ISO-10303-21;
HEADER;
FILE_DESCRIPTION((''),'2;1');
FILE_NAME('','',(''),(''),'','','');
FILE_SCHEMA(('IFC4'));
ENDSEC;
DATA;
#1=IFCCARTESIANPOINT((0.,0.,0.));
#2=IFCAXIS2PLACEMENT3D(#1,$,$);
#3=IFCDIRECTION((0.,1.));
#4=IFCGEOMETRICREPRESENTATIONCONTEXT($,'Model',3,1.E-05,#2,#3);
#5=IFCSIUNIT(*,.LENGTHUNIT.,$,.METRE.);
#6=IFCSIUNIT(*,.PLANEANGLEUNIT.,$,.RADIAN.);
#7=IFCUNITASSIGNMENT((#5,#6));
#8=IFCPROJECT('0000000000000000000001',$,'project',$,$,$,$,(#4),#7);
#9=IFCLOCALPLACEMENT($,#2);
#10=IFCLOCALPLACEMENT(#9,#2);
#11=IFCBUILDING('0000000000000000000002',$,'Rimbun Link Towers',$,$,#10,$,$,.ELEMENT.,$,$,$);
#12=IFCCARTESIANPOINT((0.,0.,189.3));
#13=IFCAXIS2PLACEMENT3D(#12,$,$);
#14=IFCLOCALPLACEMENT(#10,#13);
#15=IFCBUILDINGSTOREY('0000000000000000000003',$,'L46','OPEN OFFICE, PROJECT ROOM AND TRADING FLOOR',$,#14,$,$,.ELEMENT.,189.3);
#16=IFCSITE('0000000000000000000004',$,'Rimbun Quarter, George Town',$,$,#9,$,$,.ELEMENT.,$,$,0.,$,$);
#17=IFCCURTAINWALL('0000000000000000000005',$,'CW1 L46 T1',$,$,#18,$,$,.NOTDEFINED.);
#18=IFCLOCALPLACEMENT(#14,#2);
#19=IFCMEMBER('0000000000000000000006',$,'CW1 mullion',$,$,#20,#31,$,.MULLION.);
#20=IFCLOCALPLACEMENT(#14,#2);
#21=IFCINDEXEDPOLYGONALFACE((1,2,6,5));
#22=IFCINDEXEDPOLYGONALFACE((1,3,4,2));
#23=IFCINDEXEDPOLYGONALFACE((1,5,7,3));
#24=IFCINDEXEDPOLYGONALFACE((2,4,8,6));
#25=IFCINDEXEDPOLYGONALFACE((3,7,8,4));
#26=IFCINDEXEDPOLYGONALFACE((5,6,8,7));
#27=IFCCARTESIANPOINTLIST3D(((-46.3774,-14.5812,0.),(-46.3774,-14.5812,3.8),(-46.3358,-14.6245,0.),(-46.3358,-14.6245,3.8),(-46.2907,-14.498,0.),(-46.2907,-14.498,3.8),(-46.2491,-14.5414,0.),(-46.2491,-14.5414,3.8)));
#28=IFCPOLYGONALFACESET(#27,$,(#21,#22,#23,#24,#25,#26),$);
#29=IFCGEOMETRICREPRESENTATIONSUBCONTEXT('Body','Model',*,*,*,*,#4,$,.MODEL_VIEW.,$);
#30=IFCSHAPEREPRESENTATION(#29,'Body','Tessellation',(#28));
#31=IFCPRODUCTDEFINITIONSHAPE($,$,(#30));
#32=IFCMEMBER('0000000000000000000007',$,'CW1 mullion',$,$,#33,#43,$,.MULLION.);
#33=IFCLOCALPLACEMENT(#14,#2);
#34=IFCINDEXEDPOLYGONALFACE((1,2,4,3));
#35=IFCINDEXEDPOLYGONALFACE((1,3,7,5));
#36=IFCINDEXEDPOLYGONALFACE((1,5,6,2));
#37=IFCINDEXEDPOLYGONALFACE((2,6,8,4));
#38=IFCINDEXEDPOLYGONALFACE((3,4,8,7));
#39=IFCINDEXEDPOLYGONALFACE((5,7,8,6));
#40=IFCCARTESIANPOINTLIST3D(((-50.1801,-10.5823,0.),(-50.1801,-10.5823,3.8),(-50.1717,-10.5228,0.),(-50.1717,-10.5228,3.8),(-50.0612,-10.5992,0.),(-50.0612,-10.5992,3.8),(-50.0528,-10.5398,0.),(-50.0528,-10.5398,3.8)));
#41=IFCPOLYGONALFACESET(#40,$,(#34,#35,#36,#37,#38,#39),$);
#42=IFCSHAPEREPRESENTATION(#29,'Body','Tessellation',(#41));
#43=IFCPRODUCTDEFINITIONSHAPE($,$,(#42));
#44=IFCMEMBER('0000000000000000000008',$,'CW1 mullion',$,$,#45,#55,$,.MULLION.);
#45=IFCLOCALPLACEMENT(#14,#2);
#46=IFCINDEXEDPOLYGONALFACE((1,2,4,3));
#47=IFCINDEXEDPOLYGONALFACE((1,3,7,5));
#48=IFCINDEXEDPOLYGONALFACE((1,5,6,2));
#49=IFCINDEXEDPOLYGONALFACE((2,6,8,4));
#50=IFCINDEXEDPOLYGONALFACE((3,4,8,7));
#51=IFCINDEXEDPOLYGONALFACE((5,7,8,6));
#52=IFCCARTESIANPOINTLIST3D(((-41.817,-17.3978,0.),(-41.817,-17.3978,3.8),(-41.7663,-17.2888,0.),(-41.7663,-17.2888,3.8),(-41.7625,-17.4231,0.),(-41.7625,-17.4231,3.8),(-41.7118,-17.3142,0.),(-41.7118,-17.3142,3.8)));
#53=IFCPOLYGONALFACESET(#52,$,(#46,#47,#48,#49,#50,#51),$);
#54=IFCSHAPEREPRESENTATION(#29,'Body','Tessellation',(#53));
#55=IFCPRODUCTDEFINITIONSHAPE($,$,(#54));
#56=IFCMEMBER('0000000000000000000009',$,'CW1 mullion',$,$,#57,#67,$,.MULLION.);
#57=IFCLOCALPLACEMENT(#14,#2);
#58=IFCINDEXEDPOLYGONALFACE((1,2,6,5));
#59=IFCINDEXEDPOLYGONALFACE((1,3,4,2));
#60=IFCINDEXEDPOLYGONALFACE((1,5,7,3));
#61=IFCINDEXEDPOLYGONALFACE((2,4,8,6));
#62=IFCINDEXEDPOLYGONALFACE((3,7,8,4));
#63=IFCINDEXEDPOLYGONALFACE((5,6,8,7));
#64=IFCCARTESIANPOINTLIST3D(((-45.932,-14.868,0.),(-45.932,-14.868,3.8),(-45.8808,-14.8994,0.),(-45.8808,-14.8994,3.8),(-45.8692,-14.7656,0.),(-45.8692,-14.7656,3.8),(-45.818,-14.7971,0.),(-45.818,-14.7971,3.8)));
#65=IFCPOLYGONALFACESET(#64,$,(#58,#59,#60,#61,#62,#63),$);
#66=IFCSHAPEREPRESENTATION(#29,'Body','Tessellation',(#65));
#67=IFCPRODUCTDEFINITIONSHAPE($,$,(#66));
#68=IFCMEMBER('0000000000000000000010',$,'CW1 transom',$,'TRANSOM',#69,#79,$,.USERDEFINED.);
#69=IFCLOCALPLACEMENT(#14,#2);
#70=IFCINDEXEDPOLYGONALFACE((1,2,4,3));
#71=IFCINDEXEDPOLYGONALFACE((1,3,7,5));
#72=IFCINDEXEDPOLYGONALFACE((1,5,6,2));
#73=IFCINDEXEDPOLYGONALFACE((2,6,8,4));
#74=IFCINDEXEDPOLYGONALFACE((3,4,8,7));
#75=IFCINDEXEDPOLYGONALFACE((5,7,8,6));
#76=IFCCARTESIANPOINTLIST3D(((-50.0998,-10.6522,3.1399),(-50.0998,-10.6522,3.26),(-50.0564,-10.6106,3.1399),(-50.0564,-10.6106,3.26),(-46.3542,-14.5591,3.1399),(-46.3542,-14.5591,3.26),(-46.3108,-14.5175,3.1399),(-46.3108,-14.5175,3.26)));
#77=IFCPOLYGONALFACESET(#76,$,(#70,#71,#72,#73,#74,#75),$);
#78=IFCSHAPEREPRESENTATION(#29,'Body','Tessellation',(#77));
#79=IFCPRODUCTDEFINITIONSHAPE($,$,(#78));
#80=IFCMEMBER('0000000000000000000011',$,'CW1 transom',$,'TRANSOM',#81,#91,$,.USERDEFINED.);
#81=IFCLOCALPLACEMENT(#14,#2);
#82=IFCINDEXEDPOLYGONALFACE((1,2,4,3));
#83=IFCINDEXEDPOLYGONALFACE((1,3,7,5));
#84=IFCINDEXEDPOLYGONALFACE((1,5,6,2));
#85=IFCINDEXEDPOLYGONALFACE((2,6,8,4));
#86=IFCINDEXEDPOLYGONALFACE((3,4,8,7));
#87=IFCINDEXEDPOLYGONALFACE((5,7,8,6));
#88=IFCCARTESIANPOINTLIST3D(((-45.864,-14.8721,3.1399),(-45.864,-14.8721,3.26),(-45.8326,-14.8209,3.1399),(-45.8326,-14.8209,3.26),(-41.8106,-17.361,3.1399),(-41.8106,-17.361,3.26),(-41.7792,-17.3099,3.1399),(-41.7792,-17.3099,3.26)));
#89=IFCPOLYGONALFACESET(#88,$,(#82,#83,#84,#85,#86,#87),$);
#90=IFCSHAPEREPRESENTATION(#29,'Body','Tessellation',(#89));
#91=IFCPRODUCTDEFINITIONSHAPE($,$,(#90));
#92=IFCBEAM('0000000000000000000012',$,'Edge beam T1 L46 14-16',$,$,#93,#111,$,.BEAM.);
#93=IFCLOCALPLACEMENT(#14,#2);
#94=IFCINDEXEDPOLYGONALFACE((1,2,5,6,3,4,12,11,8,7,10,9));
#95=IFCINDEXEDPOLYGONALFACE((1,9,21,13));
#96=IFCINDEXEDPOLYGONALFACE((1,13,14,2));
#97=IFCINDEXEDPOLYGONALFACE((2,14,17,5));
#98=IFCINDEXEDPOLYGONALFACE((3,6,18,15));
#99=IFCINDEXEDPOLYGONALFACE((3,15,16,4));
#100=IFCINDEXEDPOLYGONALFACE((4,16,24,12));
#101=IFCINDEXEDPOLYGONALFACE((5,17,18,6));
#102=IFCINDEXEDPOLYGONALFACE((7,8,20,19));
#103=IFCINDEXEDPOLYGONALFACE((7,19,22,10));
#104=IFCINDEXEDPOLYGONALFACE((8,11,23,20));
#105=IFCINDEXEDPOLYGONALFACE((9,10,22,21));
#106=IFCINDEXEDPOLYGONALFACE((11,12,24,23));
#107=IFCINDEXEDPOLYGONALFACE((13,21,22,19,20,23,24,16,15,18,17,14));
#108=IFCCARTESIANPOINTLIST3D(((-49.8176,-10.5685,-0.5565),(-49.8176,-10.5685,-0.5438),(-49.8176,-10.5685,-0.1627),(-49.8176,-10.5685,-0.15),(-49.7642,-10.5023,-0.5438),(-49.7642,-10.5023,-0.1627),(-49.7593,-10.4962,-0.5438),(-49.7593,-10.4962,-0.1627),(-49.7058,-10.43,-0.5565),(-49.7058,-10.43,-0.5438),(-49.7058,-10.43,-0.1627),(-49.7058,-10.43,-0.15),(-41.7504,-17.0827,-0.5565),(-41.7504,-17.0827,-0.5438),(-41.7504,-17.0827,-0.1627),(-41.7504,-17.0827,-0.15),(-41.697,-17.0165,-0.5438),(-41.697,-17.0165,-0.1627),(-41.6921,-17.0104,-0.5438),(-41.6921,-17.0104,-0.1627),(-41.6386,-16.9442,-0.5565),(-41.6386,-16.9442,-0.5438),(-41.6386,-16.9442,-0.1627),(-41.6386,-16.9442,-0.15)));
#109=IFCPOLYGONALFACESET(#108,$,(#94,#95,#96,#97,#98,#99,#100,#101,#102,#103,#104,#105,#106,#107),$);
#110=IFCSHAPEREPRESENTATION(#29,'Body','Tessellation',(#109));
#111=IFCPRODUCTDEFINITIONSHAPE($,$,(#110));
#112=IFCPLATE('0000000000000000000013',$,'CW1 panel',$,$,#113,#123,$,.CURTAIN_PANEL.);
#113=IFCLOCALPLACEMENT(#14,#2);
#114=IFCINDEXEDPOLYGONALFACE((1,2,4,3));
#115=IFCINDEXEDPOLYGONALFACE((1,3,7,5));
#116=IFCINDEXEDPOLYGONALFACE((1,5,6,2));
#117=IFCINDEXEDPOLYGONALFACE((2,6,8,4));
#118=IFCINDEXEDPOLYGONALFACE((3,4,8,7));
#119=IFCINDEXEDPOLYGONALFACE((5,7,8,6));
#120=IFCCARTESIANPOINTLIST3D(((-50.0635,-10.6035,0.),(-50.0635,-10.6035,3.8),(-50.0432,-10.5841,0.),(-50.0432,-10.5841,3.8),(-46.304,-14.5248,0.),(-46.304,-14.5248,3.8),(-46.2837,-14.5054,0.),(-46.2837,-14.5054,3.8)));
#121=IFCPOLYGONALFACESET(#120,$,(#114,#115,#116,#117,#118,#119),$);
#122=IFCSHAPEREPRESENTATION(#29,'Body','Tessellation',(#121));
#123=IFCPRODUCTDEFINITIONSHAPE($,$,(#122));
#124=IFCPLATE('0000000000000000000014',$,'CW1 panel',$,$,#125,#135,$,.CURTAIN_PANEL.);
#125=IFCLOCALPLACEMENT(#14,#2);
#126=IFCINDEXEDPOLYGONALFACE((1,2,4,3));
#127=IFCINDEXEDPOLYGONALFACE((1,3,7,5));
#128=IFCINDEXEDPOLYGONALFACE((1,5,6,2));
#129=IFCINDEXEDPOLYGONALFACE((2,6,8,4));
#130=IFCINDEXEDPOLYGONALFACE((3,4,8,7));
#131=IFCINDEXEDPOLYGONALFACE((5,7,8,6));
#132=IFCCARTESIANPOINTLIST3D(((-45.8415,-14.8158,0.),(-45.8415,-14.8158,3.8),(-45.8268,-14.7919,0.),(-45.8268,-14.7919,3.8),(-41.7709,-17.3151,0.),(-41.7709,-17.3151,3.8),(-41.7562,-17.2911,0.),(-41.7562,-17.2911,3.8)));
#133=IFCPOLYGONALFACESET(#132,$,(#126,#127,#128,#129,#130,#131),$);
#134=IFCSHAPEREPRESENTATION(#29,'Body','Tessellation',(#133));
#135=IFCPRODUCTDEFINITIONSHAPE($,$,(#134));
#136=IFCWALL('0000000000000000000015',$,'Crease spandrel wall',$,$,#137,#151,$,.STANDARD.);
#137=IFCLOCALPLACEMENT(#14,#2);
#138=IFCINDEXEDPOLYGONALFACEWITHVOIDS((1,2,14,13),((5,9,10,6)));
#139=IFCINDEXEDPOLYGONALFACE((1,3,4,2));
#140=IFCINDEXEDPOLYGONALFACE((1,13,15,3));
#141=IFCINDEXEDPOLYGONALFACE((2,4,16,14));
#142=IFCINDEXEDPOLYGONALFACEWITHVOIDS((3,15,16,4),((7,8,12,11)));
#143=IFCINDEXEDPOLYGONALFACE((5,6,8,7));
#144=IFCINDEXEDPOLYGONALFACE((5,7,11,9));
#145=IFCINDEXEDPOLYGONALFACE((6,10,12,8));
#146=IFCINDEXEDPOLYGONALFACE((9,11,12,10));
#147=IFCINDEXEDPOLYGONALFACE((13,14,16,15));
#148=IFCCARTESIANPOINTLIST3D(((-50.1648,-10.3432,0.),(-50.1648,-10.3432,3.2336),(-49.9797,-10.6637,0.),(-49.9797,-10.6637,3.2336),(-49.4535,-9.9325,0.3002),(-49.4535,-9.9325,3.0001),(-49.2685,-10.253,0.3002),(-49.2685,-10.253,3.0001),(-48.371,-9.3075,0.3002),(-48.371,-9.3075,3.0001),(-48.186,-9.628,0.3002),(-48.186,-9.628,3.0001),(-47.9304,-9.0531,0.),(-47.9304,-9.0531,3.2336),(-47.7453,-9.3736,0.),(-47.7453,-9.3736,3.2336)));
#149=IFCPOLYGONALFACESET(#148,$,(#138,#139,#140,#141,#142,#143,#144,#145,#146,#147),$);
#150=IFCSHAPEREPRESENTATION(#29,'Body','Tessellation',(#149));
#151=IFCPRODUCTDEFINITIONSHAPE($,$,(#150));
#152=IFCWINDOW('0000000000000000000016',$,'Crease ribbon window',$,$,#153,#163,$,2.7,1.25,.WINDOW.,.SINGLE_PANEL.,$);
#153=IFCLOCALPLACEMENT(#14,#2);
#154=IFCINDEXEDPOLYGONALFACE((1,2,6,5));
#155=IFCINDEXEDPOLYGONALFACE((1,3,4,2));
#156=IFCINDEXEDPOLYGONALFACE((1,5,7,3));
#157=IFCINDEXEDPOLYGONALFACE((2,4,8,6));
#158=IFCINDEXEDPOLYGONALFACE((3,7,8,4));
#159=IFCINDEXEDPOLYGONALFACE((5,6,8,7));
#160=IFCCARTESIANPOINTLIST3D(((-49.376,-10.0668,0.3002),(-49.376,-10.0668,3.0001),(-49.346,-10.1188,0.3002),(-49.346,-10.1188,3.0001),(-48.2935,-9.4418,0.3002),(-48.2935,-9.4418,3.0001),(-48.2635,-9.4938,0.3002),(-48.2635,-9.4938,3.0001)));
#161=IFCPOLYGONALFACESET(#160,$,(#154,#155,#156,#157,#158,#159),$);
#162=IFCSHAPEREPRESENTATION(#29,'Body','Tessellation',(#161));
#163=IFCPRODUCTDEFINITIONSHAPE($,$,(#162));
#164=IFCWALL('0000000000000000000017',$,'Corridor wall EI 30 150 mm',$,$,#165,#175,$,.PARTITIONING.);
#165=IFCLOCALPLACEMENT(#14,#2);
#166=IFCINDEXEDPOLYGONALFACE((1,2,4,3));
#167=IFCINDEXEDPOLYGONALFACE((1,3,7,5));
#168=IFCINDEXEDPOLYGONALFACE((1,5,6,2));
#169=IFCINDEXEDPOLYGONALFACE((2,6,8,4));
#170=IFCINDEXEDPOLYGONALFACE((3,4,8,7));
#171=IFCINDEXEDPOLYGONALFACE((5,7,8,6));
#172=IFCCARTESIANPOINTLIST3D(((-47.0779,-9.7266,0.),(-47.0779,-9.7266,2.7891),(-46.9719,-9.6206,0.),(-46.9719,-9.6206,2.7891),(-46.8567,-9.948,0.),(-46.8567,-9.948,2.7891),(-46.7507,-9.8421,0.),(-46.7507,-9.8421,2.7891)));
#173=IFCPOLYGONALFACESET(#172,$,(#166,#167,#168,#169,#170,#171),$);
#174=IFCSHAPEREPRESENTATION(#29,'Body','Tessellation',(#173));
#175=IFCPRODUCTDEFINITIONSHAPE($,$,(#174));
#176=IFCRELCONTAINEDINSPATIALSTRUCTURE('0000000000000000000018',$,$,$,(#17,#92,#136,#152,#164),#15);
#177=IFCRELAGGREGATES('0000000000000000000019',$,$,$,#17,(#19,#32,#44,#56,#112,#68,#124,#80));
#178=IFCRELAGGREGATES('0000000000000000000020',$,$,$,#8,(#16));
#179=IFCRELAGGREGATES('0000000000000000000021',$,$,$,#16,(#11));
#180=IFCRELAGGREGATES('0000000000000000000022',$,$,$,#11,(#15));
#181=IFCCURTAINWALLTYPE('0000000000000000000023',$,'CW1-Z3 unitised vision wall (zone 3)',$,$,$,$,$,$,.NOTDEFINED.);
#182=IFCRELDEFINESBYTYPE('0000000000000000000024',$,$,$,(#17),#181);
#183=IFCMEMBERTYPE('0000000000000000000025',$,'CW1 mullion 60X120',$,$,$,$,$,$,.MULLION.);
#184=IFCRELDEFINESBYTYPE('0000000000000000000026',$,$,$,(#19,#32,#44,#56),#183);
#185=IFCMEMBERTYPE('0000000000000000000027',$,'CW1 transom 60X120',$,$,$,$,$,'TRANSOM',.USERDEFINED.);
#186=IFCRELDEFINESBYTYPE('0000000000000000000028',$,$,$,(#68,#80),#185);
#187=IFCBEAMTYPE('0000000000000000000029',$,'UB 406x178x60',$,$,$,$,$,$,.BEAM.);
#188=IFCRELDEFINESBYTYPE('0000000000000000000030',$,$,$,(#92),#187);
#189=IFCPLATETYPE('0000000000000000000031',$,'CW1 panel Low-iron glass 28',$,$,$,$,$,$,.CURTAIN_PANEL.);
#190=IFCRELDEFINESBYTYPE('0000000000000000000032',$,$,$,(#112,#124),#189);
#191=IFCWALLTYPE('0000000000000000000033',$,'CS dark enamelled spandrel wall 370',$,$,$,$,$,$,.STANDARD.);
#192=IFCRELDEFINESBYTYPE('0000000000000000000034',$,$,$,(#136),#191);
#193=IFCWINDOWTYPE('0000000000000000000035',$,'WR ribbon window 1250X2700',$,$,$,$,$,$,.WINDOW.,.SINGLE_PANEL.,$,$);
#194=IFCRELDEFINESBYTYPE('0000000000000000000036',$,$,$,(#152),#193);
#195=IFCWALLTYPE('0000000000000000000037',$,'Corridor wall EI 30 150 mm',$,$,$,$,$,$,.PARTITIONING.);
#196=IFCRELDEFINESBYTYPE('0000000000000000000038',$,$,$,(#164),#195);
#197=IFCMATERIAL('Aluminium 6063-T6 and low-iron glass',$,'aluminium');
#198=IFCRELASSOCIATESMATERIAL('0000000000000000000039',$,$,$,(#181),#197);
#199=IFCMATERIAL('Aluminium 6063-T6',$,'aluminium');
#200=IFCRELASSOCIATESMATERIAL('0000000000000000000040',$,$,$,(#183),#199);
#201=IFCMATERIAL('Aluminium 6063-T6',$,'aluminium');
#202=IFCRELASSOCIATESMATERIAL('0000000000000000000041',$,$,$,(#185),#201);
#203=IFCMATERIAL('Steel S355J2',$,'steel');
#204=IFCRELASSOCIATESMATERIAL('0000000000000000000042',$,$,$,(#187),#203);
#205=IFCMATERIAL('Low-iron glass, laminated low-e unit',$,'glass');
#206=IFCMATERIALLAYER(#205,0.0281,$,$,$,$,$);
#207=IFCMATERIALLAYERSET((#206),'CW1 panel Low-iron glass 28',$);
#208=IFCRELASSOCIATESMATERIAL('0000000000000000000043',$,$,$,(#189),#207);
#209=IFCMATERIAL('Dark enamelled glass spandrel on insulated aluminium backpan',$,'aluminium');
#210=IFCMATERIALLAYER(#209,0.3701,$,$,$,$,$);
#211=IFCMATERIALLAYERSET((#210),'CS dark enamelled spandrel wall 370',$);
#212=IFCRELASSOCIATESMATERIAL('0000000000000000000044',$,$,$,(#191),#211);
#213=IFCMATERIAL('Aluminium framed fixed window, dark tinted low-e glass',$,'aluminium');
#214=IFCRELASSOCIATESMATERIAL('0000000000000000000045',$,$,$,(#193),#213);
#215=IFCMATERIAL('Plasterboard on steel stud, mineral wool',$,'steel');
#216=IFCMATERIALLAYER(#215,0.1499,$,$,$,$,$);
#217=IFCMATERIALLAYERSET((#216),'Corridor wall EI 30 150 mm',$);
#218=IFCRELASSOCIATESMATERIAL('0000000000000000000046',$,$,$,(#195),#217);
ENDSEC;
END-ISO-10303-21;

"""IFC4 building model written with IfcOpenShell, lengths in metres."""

from ifc_helpers import new_model, si_unit, direction, frame, frame_2d, origin, origin_2d, place, context, subcontext, project, spatial, rectangle, i_section, extrude, material, layer, layer_set, material_profile, profile_set, type_object, element, fill, aggregate, save


model = new_model("IFC4")

# Units and contexts
model_context = context("Model", 3, precision=1e-05, world=origin(), true_north=direction((0.0, 1.0)))
body_context = subcontext(model_context, "Body", "Model", "MODEL_VIEW")
ifc_project = project(units=[si_unit("LENGTHUNIT", "METRE"), si_unit("PLANEANGLEUNIT", "RADIAN")], contexts=[model_context])

# Site, building, storey
site_placement = place(None, origin())
site = spatial("IfcSite", under=ifc_project, at=site_placement, Name="Rimbun Quarter, George Town", CompositionType="ELEMENT", RefElevation=0.0)
building_placement = place(site_placement, origin())
building = spatial("IfcBuilding", under=site, at=building_placement, Name="Rimbun Link Towers", CompositionType="ELEMENT")
storey_placement = place(building_placement, frame((0.0, 0.0, 189.3)))
storey = spatial("IfcBuildingStorey", under=building, at=storey_placement, Name="L46", Description="OPEN OFFICE, PROJECT ROOM AND TRADING FLOOR", CompositionType="ELEMENT", Elevation=189.3)

# Curtain wall, members
ifc_material_1 = material(Name="Aluminium 6063-T6 and low-iron glass", Category="aluminium")
curtain_wall_type = type_object("IfcCurtainWallType", Name="CW1-Z3 unitised vision wall (zone 3)", PredefinedType="NOTDEFINED", material=ifc_material_1)
curtain_wall_placement = place(storey_placement, origin())
curtain_wall = element("IfcCurtainWall", 1, at=curtain_wall_placement, inside=storey, type_object=curtain_wall_type, Name="CW1 L46 T1", PredefinedType="NOTDEFINED")
ifc_material_2 = material(Name="Aluminium 6063-T6", Category="aluminium")
ifc_material_profile_1 = material_profile(ifc_material_2, rectangle(XDim=0.1201, YDim=0.0601, at=origin_2d()), Name="MULLION 60X120")
ifc_profile_set_1 = profile_set([ifc_material_profile_1], Name="Aluminium 6063-T6")
member_type_1 = type_object("IfcMemberType", Name="CW1 mullion 60X120", PredefinedType="MULLION", material=ifc_profile_set_1)
member_1_placement = place(storey_placement, frame((-46.3132, -14.5613, 0.0), z_axis=(0.0, 0.0, 1.0), x_axis=(-0.721843, -0.692057, 0.0)))
member_1 = element("IfcMember", 2, at=member_1_placement, type_object=member_type_1, Name="CW1 mullion", PredefinedType="MULLION", context=body_context, shape_type="SweptSolid", body=[
    extrude(rectangle(XDim=0.1201, YDim=0.0601, at=origin_2d()), origin(), (0.0, 0.0, 1.0), 3.8),
])
member_2_placement = place(storey_placement, frame((-50.1165, -10.561, 0.0), z_axis=(0.0, 0.0, 1.0), x_axis=(-0.990016, 0.140954, 0.0)))
member_2 = element("IfcMember", 3, at=member_2_placement, type_object=member_type_1, Name="CW1 mullion", PredefinedType="MULLION", context=body_context, shape_type="SweptSolid", body=[
    extrude(rectangle(XDim=0.1201, YDim=0.0601, at=origin_2d()), origin(), (0.0, 0.0, 1.0), 3.8),
])
member_3_placement = place(storey_placement, frame((-41.7644, -17.356, 0.0), z_axis=(0.0, 0.0, 1.0), x_axis=(-0.421701, -0.906735, 0.0)))
member_3 = element("IfcMember", 4, at=member_3_placement, type_object=member_type_1, Name="CW1 mullion", PredefinedType="MULLION", context=body_context, shape_type="SweptSolid", body=[
    extrude(rectangle(XDim=0.1201, YDim=0.0601, at=origin_2d()), origin(), (0.0, 0.0, 1.0), 3.8),
])
member_4_placement = place(storey_placement, frame((-45.875, -14.8325, 0.0), z_axis=(0.0, 0.0, 1.0), x_axis=(-0.523235, -0.852189, 0.0)))
member_4 = element("IfcMember", 5, at=member_4_placement, type_object=member_type_1, Name="CW1 mullion", PredefinedType="MULLION", context=body_context, shape_type="SweptSolid", body=[
    extrude(rectangle(XDim=0.1201, YDim=0.0601, at=origin_2d()), origin(), (0.0, 0.0, 1.0), 3.8),
])
ifc_material_3 = material(Name="Aluminium 6063-T6", Category="aluminium")
ifc_material_profile_2 = material_profile(ifc_material_3, rectangle(XDim=0.0601, YDim=0.1201, at=origin_2d()), Name="TRANSOM 60X120")
ifc_profile_set_2 = profile_set([ifc_material_profile_2], Name="Aluminium 6063-T6")
member_type_2 = type_object("IfcMemberType", Name="CW1 transom 60X120", ElementType="TRANSOM", PredefinedType="USERDEFINED", material=ifc_profile_set_2)
member_5_placement = place(storey_placement, frame((-46.3325, -14.5383, 3.2), z_axis=(-0.692042, 0.721858, 0.0), x_axis=(-0.721858, -0.692042, 0.0)))
member_5 = element("IfcMember", 6, at=member_5_placement, type_object=member_type_2, Name="CW1 transom", ObjectType="TRANSOM", PredefinedType="USERDEFINED", context=body_context, shape_type="SweptSolid", body=[
    extrude(rectangle(XDim=0.0601, YDim=0.1201, at=origin_2d()), origin(), (0.0, 0.0, 1.0), 5.4124),
])
member_6_placement = place(storey_placement, frame((-41.7949, -17.3354, 3.2), z_axis=(-0.852167, 0.52327, 0.0), x_axis=(-0.52327, -0.852167, 0.0)))
member_6 = element("IfcMember", 7, at=member_6_placement, type_object=member_type_2, Name="CW1 transom", ObjectType="TRANSOM", PredefinedType="USERDEFINED", context=body_context, shape_type="SweptSolid", body=[
    extrude(rectangle(XDim=0.0601, YDim=0.1201, at=origin_2d()), origin(), (0.0, 0.0, 1.0), 4.7566),
])

# Beam
ifc_material_4 = material(Name="Steel S355J2", Category="steel")
ifc_material_profile_3 = material_profile(ifc_material_4, i_section(OverallWidth=0.178, OverallDepth=0.4065, WebThickness=0.0078, FlangeThickness=0.0127, at=origin_2d()), Name="UB 406x178x60")
ifc_profile_set_3 = profile_set([ifc_material_profile_3], Name="Steel S355J2")
beam_type = type_object("IfcBeamType", Name="UB 406x178x60", PredefinedType="BEAM", material=ifc_profile_set_3)
beam_placement = place(storey_placement, frame((-49.7617, -10.4993, -0.3533), z_axis=(0.778017, -0.628243, 0.0), x_axis=(0.628243, 0.778017, 0.0)))
element("IfcBeam", 8, at=beam_placement, inside=storey, type_object=beam_type, Name="Edge beam T1 L46 14-16", PredefinedType="BEAM", context=body_context, shape_type="SweptSolid", body=[
    extrude(i_section(OverallWidth=0.178, OverallDepth=0.4065, WebThickness=0.0078, FlangeThickness=0.0127, at=origin_2d()), origin(), (0.0, 0.0, 1.0), 10.3689),
])

# Plates
ifc_material_5 = material(Name="Low-iron glass, laminated low-e unit", Category="glass")
ifc_layer_1 = layer(ifc_material_5, 0.0281)
ifc_layer_set_1 = layer_set([ifc_layer_1], Name="CW1 panel Low-iron glass 28")
plate_type = type_object("IfcPlateType", Name="CW1 panel Low-iron glass 28", PredefinedType="CURTAIN_PANEL", material=ifc_layer_set_1)
plate_1_placement = place(storey_placement, frame((-48.1736, -12.5544, 0.0), z_axis=(0.0, 0.0, 1.0), x_axis=(-0.692057, 0.721843, 0.0)))
plate_1 = element("IfcPlate", 9, at=plate_1_placement, type_object=plate_type, Name="CW1 panel", PredefinedType="CURTAIN_PANEL", context=body_context, shape_type="SweptSolid", body=[
    extrude(rectangle(XDim=5.4324, YDim=0.0281, at=origin_2d()), origin(), (0.0, 0.0, 1.0), 3.8),
])
plate_2_placement = place(storey_placement, frame((-43.7988, -16.0535, 0.0), z_axis=(0.0, 0.0, 1.0), x_axis=(-0.852189, 0.523235, 0.0)))
plate_2 = element("IfcPlate", 10, at=plate_2_placement, type_object=plate_type, Name="CW1 panel", PredefinedType="CURTAIN_PANEL", context=body_context, shape_type="SweptSolid", body=[
    extrude(rectangle(XDim=4.7766, YDim=0.0281, at=origin_2d()), origin(), (0.0, 0.0, 1.0), 3.8),
])
aggregate(curtain_wall, [member_1, member_2, member_3, member_4, plate_1, member_5, plate_2, member_6])

# Wall, opening, window
ifc_material_6 = material(Name="Dark enamelled glass spandrel on insulated aluminium backpan", Category="aluminium")
ifc_layer_2 = layer(ifc_material_6, 0.3701)
ifc_layer_set_2 = layer_set([ifc_layer_2], Name="CS dark enamelled spandrel wall 370")
wall_type_1 = type_object("IfcWallType", Name="CS dark enamelled spandrel wall 370", PredefinedType="STANDARD", material=ifc_layer_set_2)
wall_1_placement = place(storey_placement, frame((-50.0723, -10.5034, 0.0), z_axis=(0.0, 0.0, 1.0), x_axis=(0.866022, 0.500006, 0.0)))
wall_1 = element("IfcWall", 11, at=wall_1_placement, inside=storey, type_object=wall_type_1, Name="Crease spandrel wall", PredefinedType="STANDARD", context=body_context, shape_type="SweptSolid", body=[
    extrude(rectangle(XDim=2.5801, YDim=0.3701, at=frame_2d((1.29, 0.0))), origin(), (0.0, 0.0, 1.0), 3.2336),
])
opening_placement = place(wall_1_placement, frame((0.8213, 0.0, 0.3)))
opening = element("IfcOpeningElement", 12, at=opening_placement, cuts=wall_1, PredefinedType="OPENING", context=body_context, shape_type="SweptSolid", body=[
    extrude(rectangle(XDim=1.25, YDim=2.7, at=frame_2d((0.625, 1.3501))), frame((0.0, 0.1951, 0.0), z_axis=(0.0, -1.0, 0.0), x_axis=(1.0, 0.0, 0.0)), (0.0, 0.0, 1.0), 0.3901),
])
ifc_material_7 = material(Name="Aluminium framed fixed window, dark tinted low-e glass", Category="aluminium")
window_type = type_object("IfcWindowType", Name="WR ribbon window 1250X2700", PartitioningType="SINGLE_PANEL", PredefinedType="WINDOW", material=ifc_material_7)
window_placement = place(opening_placement, origin())
window = element("IfcWindow", 13, at=window_placement, inside=storey, type_object=window_type, Name="Crease ribbon window", OverallHeight=2.7, OverallWidth=1.25, PartitioningType="SINGLE_PANEL", PredefinedType="WINDOW", context=body_context, shape_type="SweptSolid", body=[
    extrude(rectangle(XDim=1.25, YDim=2.7, at=frame_2d((0.625, 1.3501))), frame((0.0, 0.03, 0.0), z_axis=(0.0, -1.0, 0.0), x_axis=(1.0, 0.0, 0.0)), (0.0, 0.0, 1.0), 0.0601),
])
fill(opening, window)

# Wall
ifc_material_8 = material(Name="Plasterboard on steel stud, mineral wool", Category="steel")
ifc_layer_3 = layer(ifc_material_8, 0.1499)
ifc_layer_set_3 = layer_set([ifc_layer_3], Name="Corridor wall EI 30 150 mm")
wall_type_2 = type_object("IfcWallType", Name="Corridor wall EI 30 150 mm", PredefinedType="PARTITIONING", material=ifc_layer_set_3)
wall_2_placement = place(storey_placement, frame((-47.0249, -9.6736, 0.0), z_axis=(0.0, 0.0, 1.0), x_axis=(0.706717, -0.707497, 0.0)))
element("IfcWall", 14, at=wall_2_placement, inside=storey, type_object=wall_type_2, Name="Corridor wall EI 30 150 mm", PredefinedType="PARTITIONING", context=body_context, shape_type="SweptSolid", body=[
    extrude(rectangle(XDim=0.313, YDim=0.1499, at=frame_2d((0.1565, 0.0))), origin(), (0.0, 0.0, 1.0), 2.7891),
])

save(model, "model.ifc")
